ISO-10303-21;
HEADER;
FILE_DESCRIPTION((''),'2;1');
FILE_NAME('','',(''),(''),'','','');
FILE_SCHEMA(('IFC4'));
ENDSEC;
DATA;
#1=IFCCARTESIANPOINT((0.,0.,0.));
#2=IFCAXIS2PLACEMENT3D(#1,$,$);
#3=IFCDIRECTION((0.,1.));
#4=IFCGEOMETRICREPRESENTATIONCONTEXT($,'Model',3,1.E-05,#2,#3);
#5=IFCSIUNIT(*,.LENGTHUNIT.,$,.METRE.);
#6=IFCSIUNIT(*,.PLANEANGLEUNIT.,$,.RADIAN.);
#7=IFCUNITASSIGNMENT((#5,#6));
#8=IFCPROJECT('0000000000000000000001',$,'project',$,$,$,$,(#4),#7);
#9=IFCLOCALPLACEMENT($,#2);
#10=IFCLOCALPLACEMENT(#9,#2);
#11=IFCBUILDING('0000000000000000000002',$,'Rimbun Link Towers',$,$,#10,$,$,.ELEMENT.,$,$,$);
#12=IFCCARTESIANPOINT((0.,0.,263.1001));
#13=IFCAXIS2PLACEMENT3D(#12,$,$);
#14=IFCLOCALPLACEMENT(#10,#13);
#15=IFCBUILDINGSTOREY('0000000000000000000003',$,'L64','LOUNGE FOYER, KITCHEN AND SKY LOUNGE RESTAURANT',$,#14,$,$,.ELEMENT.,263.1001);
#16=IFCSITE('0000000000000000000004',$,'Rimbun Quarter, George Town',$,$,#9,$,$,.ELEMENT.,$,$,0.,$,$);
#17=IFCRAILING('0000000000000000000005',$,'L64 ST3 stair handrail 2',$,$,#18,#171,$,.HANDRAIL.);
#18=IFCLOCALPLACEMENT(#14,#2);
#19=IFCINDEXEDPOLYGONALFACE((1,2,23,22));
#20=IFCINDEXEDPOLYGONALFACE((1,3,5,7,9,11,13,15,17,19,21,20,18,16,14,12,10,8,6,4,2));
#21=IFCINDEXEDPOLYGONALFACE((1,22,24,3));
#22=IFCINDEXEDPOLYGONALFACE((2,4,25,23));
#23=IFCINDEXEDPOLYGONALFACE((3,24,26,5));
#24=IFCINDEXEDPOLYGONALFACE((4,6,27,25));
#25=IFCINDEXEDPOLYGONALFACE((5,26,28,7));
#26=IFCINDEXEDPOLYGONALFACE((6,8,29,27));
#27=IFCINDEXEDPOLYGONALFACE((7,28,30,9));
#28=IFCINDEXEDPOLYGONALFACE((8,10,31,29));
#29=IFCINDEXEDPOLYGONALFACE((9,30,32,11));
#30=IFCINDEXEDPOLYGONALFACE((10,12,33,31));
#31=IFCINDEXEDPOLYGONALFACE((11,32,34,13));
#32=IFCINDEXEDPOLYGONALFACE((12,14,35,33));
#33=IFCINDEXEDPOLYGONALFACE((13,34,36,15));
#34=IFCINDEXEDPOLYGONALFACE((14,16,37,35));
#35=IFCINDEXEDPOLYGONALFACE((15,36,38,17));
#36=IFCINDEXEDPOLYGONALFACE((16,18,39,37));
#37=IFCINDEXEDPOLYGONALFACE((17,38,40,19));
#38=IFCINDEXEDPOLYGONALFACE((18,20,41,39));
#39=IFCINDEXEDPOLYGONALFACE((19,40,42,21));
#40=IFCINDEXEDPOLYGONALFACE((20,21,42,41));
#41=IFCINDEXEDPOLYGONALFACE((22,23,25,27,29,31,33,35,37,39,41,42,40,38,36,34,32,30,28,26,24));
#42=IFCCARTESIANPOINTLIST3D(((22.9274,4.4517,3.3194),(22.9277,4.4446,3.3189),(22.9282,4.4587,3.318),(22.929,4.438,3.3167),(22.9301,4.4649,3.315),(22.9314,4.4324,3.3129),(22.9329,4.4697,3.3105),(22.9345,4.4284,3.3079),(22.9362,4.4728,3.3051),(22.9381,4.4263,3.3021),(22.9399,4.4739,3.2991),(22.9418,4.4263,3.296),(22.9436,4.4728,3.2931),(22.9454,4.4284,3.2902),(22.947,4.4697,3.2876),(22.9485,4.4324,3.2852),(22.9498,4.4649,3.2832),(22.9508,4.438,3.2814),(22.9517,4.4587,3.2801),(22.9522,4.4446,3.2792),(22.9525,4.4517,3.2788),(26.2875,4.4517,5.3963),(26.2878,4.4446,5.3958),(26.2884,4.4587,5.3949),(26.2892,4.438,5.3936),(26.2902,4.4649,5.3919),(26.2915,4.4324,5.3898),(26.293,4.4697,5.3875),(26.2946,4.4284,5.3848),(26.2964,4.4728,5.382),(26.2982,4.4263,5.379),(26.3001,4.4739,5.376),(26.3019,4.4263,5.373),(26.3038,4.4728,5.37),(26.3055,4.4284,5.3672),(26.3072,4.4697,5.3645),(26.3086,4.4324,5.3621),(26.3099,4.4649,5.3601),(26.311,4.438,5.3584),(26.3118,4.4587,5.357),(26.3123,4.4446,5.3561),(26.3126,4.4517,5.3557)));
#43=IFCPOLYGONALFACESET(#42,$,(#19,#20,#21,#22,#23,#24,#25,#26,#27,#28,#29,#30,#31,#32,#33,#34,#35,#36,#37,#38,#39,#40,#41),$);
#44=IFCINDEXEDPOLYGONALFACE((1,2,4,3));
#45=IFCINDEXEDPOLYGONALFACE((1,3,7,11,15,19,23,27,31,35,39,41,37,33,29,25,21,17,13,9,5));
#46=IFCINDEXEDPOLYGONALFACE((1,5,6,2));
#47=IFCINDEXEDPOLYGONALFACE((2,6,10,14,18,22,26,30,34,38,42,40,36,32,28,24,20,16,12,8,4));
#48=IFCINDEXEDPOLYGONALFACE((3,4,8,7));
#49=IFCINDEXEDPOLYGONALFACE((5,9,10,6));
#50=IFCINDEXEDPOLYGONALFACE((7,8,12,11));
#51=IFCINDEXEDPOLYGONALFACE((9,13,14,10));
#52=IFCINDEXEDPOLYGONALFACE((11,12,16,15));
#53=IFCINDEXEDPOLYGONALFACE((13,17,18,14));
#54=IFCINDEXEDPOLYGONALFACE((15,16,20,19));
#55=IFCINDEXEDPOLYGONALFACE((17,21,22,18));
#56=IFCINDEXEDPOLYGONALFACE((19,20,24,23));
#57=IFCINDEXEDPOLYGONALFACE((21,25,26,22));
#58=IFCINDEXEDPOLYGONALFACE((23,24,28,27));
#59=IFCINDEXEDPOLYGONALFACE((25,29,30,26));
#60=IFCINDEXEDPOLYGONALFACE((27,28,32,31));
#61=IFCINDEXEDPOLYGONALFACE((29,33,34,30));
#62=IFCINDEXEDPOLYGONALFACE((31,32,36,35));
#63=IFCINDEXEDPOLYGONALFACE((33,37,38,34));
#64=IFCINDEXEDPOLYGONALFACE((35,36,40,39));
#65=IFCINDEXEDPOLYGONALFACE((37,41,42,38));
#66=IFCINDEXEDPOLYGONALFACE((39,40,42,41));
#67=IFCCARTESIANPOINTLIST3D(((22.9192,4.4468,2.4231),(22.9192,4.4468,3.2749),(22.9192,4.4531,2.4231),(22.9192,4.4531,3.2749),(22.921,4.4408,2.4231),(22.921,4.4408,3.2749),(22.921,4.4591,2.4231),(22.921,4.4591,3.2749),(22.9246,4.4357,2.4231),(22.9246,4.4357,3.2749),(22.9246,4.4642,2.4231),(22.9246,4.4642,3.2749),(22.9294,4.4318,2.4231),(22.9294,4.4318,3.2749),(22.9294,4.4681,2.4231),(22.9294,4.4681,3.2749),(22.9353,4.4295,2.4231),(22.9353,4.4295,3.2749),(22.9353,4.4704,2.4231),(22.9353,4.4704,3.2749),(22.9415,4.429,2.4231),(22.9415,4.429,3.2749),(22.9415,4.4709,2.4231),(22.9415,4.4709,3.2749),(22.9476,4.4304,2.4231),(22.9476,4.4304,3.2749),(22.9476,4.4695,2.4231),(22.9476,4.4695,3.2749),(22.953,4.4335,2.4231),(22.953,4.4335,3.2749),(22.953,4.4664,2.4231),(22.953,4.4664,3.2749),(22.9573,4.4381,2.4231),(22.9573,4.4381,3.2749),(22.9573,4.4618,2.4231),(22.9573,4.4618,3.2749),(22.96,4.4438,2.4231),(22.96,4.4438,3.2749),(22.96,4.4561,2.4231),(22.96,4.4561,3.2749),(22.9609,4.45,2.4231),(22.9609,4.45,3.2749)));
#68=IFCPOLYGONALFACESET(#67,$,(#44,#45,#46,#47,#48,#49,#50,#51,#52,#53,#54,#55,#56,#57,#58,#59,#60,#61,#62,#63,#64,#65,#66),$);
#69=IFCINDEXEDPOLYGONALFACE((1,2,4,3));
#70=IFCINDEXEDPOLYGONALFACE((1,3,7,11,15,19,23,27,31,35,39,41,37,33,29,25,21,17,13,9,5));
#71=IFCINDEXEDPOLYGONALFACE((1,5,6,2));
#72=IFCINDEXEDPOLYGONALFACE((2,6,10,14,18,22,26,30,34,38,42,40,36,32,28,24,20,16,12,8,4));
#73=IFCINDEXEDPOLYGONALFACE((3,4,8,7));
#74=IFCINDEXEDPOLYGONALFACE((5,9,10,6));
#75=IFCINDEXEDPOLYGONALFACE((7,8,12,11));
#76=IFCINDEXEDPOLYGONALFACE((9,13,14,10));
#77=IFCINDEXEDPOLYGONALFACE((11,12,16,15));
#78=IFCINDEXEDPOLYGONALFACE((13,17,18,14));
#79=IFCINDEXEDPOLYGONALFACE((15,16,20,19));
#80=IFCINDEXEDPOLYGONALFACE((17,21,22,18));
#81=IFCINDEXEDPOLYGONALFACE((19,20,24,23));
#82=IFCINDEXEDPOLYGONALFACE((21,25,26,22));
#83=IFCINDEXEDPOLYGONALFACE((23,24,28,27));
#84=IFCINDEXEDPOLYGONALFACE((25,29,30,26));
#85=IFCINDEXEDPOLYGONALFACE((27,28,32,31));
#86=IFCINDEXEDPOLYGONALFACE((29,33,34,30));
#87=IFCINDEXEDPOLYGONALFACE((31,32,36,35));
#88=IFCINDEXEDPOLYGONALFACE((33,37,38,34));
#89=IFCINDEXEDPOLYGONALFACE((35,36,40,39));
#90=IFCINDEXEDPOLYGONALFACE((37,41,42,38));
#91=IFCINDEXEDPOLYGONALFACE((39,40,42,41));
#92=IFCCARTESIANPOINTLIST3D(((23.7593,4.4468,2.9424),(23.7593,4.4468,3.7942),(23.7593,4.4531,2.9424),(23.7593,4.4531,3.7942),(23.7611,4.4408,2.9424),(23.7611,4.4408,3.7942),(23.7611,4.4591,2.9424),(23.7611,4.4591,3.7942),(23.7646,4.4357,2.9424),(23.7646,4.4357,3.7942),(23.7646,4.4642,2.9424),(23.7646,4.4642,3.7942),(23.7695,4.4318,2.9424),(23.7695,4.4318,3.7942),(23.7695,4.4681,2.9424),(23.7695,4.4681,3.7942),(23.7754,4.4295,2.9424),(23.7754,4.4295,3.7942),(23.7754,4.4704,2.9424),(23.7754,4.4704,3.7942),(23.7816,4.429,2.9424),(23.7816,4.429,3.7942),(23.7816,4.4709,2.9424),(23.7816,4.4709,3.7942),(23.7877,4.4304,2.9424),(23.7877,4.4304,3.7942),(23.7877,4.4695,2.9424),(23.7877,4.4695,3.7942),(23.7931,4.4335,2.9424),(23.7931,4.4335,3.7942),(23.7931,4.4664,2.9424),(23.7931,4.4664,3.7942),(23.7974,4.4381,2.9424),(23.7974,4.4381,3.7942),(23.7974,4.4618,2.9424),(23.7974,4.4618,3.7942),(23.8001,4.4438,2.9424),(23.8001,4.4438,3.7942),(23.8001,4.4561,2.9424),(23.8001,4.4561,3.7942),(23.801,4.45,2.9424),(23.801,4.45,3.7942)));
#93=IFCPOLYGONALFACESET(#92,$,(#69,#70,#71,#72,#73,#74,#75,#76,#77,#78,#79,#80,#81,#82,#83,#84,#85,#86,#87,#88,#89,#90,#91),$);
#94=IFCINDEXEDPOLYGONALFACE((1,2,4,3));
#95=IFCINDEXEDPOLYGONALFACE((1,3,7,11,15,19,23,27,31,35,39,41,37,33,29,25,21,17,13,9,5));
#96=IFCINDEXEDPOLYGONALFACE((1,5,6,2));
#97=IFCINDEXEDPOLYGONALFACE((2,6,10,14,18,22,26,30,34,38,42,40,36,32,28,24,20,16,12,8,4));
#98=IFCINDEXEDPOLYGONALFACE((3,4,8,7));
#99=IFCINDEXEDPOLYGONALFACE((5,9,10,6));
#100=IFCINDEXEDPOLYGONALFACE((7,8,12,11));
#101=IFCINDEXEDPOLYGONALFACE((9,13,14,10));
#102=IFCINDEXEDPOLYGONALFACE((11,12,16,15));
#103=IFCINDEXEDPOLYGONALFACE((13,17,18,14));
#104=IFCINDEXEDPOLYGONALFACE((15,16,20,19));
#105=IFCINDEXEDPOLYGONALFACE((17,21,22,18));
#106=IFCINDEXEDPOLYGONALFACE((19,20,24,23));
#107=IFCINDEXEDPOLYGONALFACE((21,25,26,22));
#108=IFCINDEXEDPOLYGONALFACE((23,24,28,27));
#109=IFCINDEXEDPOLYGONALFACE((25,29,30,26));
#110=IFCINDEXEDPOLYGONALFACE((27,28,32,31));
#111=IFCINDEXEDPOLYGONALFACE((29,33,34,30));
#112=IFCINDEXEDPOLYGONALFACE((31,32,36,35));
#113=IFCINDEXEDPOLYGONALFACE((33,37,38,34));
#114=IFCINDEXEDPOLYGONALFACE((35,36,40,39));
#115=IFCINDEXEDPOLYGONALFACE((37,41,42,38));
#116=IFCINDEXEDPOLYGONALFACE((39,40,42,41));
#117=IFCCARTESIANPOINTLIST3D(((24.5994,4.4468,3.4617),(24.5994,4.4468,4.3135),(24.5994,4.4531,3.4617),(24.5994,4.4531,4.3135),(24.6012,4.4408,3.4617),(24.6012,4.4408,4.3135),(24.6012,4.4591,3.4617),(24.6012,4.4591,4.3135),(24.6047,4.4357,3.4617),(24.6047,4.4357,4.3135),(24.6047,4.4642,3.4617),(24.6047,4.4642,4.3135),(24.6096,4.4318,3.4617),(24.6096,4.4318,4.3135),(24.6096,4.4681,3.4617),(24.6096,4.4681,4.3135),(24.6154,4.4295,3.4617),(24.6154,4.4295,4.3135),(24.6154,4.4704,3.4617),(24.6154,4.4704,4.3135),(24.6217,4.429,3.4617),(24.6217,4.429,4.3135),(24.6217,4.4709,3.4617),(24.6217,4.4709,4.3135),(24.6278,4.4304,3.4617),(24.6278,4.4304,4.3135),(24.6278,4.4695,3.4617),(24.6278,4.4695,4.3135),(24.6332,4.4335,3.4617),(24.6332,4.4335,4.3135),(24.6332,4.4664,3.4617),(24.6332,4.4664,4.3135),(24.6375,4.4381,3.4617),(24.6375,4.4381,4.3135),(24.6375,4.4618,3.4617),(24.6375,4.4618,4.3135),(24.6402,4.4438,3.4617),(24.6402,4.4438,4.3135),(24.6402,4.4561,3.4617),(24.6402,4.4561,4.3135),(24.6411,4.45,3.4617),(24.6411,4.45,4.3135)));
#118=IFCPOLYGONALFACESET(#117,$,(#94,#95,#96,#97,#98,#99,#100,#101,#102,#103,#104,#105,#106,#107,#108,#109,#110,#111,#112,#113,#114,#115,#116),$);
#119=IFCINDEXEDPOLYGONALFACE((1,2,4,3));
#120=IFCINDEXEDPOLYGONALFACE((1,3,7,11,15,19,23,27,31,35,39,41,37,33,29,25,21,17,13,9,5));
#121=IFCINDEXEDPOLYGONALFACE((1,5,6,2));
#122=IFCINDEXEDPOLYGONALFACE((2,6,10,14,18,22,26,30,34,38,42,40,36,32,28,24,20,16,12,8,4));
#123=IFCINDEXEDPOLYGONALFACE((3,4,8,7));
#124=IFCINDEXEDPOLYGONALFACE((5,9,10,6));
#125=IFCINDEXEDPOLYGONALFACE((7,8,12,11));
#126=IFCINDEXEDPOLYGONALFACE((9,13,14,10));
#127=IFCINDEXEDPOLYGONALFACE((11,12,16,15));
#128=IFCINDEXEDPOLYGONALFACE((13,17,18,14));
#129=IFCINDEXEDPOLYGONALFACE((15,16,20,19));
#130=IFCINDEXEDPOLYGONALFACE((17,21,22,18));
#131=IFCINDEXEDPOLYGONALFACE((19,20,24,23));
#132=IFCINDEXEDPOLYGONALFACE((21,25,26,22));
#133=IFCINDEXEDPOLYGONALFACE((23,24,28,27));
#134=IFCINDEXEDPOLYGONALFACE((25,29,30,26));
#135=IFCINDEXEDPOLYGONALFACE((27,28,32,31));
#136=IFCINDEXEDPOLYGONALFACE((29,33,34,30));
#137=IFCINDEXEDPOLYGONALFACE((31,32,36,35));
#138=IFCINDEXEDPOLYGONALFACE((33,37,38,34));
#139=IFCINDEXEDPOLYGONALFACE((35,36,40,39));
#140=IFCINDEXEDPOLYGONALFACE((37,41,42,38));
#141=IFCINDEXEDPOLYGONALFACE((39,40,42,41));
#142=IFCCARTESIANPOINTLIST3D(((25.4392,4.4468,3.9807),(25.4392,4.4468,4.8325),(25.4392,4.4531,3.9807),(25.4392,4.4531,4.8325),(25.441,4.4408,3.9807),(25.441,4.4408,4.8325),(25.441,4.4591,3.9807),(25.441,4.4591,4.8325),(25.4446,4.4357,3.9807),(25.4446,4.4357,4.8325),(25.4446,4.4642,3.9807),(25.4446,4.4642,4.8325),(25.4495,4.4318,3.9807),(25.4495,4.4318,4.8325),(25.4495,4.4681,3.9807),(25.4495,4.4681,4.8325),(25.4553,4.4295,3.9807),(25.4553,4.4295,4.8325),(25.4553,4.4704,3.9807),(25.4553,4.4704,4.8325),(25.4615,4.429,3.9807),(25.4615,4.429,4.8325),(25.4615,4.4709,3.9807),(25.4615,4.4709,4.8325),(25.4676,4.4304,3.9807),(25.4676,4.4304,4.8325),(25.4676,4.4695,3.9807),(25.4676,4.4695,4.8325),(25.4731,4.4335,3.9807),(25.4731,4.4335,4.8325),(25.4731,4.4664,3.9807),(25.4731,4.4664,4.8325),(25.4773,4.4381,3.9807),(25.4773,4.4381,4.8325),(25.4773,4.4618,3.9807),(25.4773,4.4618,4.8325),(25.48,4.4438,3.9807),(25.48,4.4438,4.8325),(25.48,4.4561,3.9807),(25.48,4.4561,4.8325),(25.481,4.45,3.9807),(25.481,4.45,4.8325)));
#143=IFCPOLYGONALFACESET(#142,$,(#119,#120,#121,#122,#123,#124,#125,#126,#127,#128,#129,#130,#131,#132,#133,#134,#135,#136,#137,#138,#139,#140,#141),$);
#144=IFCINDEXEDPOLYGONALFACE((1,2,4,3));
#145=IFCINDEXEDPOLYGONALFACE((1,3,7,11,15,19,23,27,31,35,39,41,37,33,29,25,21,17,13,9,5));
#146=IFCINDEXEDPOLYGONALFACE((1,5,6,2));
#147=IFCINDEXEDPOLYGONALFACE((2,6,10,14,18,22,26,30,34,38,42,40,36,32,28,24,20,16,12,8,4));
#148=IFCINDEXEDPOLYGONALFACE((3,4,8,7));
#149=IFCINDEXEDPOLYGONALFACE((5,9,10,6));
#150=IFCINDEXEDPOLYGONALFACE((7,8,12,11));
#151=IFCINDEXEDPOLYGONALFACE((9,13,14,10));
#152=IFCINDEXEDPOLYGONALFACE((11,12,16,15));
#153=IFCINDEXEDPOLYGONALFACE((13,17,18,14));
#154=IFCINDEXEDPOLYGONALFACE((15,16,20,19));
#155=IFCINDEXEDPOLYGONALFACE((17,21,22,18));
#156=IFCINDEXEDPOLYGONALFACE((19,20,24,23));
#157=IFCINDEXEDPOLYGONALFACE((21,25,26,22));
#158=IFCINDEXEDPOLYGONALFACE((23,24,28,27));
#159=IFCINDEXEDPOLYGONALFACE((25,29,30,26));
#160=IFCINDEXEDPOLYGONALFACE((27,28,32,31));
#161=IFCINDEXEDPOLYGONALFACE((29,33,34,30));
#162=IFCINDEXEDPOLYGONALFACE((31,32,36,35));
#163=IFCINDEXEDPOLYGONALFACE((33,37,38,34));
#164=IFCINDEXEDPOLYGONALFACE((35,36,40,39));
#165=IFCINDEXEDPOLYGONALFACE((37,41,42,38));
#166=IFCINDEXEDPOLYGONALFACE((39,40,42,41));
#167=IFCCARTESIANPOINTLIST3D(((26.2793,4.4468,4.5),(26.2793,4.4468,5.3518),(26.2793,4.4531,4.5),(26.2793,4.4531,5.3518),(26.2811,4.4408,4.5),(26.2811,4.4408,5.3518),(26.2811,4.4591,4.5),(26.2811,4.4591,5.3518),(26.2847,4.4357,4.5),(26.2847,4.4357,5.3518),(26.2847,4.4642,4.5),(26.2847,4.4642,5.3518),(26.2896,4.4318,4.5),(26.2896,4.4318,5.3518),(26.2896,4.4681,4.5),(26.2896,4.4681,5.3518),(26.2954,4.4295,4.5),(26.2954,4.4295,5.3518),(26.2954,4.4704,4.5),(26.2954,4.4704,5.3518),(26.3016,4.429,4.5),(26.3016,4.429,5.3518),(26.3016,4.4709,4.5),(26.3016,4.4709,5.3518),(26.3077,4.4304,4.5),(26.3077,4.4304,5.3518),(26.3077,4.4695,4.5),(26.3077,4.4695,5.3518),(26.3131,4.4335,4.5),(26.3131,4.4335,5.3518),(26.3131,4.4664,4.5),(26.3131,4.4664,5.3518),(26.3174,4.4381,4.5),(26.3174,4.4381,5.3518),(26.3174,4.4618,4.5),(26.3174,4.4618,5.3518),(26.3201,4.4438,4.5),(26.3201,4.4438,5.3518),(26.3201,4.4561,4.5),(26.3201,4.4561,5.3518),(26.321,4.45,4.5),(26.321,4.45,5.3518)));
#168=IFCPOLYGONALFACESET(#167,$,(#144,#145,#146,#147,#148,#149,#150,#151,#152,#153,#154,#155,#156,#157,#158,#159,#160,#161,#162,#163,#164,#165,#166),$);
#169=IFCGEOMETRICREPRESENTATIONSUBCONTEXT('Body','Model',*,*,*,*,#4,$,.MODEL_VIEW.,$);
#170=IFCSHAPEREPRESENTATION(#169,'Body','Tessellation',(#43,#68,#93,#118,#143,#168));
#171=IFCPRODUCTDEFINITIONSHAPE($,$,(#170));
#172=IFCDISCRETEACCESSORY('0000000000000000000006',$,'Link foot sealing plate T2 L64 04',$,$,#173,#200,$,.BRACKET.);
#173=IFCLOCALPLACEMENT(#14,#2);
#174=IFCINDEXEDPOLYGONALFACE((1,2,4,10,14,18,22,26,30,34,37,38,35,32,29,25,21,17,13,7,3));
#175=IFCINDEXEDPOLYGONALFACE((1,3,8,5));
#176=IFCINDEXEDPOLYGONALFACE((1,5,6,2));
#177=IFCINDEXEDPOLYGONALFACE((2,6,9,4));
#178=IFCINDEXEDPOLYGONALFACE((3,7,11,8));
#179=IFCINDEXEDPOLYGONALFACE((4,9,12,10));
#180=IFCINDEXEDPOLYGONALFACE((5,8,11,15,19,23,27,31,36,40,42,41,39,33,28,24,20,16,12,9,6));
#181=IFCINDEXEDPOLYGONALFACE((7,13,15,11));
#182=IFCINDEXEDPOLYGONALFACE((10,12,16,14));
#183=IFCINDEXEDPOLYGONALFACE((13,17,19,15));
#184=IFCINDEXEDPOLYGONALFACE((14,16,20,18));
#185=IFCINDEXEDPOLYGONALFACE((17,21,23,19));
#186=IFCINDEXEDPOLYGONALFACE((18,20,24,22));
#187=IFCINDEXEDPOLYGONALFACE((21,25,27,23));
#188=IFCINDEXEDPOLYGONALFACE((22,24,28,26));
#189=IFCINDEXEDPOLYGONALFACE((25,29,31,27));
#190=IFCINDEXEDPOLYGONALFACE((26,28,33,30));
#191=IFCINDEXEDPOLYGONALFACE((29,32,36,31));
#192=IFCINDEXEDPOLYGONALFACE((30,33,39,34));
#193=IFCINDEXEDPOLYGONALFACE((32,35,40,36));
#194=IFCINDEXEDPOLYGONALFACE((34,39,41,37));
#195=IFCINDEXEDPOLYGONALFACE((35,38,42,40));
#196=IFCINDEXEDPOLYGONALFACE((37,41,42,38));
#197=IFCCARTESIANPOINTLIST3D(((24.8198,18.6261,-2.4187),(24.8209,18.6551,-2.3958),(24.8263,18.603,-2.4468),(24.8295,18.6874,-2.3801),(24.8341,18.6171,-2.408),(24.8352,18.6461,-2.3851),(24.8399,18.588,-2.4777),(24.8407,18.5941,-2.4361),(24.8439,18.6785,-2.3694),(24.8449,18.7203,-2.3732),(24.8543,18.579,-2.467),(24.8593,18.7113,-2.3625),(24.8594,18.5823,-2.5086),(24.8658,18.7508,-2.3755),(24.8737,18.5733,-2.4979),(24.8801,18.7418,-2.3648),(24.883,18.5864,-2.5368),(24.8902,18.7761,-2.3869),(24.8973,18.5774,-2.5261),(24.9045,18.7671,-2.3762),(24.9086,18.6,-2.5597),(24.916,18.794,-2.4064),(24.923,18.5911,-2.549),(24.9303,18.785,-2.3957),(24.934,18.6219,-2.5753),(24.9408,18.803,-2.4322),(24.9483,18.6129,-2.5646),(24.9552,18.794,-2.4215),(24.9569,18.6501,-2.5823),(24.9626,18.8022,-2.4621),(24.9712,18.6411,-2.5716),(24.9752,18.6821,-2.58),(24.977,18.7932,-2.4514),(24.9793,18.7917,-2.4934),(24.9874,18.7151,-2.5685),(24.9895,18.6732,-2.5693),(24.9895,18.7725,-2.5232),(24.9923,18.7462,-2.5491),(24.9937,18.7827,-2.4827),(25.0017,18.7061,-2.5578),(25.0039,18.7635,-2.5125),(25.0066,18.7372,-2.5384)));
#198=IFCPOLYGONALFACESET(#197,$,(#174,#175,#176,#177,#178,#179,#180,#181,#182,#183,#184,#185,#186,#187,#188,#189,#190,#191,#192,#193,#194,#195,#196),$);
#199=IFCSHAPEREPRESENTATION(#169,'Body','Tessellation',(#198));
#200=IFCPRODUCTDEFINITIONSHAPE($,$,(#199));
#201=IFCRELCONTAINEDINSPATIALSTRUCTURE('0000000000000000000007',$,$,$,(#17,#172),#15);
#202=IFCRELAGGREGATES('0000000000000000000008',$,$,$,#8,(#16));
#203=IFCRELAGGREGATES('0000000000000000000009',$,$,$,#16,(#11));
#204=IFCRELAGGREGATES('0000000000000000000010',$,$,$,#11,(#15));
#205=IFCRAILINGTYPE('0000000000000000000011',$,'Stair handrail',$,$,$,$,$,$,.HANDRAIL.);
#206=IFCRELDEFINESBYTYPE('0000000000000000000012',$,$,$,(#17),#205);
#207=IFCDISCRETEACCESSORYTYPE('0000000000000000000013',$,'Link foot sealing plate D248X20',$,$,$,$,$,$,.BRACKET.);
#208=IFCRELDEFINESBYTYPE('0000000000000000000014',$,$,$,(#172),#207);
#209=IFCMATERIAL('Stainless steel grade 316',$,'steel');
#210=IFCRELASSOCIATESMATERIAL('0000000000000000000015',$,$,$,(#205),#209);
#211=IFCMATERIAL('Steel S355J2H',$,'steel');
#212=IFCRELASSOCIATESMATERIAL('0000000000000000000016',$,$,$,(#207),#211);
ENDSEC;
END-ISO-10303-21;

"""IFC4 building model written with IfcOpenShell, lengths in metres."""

from ifc_helpers import new_model, si_unit, direction, frame, origin, origin_2d, place, context, subcontext, project, spatial, circle, extrude, material, material_profile, profile_set, type_object, element, save


model = new_model("IFC4")

# Units and contexts
model_context = context("Model", 3, precision=1e-05, world=origin(), true_north=direction((0.0, 1.0)))
body_context = subcontext(model_context, "Body", "Model", "MODEL_VIEW")
ifc_project = project(units=[si_unit("LENGTHUNIT", "METRE"), si_unit("PLANEANGLEUNIT", "RADIAN")], contexts=[model_context])

# Site, building, storey
site_placement = place(None, origin())
site = spatial("IfcSite", under=ifc_project, at=site_placement, Name="Rimbun Quarter, George Town", CompositionType="ELEMENT", RefElevation=0.0)
building_placement = place(site_placement, origin())
building = spatial("IfcBuilding", under=site, at=building_placement, Name="Rimbun Link Towers", CompositionType="ELEMENT")
storey_placement = place(building_placement, frame((0.0, 0.0, 263.1001)))
storey = spatial("IfcBuildingStorey", under=building, at=storey_placement, Name="L64", Description="LOUNGE FOYER, KITCHEN AND SKY LOUNGE RESTAURANT", CompositionType="ELEMENT", Elevation=263.1001)

# Railing
ifc_material_1 = material(Name="Stainless steel grade 316", Category="steel")
railing_type_1 = type_object("IfcRailingType", Name="Stair handrail", PredefinedType="HANDRAIL", material=ifc_material_1)
railing_1_placement = place(storey_placement, frame((22.9399, 4.45, 2.4231)))
element("IfcRailing", 1, at=railing_1_placement, inside=storey, type_object=railing_type_1, Name="L64 ST3 stair handrail 2", PredefinedType="HANDRAIL", context=body_context, shape_type="SweptSolid", body=[
    extrude(circle(Radius=0.0239, at=origin_2d()), frame((0.0, 0.0, 0.876), z_axis=(0.850623, 0.0, 0.525776), x_axis=(0.0, 1.0, 0.0)), (0.0, 0.0, 1.0), 3.9502),
    extrude(circle(Radius=0.021, at=origin_2d()), origin(), (0.0, 0.0, 1.0), 0.8518),
    extrude(circle(Radius=0.021, at=origin_2d()), frame((0.8401, 0.0, 0.5193)), (0.0, 0.0, 1.0), 0.8518),
    extrude(circle(Radius=0.021, at=origin_2d()), frame((1.6802, 0.0, 1.0386)), (0.0, 0.0, 1.0), 0.8518),
    extrude(circle(Radius=0.021, at=origin_2d()), frame((2.52, 0.0, 1.5576)), (0.0, 0.0, 1.0), 0.8518),
    extrude(circle(Radius=0.021, at=origin_2d()), frame((3.3601, 0.0, 2.0769)), (0.0, 0.0, 1.0), 0.8518),
])

# Discrete accessory
ifc_material_2 = material(Name="Steel S355J2H", Category="steel")
ifc_material_profile_1 = material_profile(ifc_material_2, circle(Radius=0.124, at=origin_2d()), Name="PL D248")
ifc_profile_set_1 = profile_set([ifc_material_profile_1], Name="Steel S355J2H")
discrete_accessory_type = type_object("IfcDiscreteAccessoryType", Name="Link foot sealing plate D248X20", PredefinedType="BRACKET", material=ifc_profile_set_1)
discrete_accessory_placement = place(storey_placement, frame((24.9202, 18.6841, -2.467), z_axis=(-0.716218, 0.449154, -0.534128), x_axis=(-0.531289, -0.847191, 0.0)))
element("IfcDiscreteAccessory", 2, at=discrete_accessory_placement, inside=storey, type_object=discrete_accessory_type, Name="Link foot sealing plate T2 L64 04", PredefinedType="BRACKET", context=body_context, shape_type="SweptSolid", body=[
    extrude(circle(Radius=0.124, at=origin_2d()), origin(), (0.0, 0.0, 1.0), 0.02),
])

save(model, "model.ifc")
